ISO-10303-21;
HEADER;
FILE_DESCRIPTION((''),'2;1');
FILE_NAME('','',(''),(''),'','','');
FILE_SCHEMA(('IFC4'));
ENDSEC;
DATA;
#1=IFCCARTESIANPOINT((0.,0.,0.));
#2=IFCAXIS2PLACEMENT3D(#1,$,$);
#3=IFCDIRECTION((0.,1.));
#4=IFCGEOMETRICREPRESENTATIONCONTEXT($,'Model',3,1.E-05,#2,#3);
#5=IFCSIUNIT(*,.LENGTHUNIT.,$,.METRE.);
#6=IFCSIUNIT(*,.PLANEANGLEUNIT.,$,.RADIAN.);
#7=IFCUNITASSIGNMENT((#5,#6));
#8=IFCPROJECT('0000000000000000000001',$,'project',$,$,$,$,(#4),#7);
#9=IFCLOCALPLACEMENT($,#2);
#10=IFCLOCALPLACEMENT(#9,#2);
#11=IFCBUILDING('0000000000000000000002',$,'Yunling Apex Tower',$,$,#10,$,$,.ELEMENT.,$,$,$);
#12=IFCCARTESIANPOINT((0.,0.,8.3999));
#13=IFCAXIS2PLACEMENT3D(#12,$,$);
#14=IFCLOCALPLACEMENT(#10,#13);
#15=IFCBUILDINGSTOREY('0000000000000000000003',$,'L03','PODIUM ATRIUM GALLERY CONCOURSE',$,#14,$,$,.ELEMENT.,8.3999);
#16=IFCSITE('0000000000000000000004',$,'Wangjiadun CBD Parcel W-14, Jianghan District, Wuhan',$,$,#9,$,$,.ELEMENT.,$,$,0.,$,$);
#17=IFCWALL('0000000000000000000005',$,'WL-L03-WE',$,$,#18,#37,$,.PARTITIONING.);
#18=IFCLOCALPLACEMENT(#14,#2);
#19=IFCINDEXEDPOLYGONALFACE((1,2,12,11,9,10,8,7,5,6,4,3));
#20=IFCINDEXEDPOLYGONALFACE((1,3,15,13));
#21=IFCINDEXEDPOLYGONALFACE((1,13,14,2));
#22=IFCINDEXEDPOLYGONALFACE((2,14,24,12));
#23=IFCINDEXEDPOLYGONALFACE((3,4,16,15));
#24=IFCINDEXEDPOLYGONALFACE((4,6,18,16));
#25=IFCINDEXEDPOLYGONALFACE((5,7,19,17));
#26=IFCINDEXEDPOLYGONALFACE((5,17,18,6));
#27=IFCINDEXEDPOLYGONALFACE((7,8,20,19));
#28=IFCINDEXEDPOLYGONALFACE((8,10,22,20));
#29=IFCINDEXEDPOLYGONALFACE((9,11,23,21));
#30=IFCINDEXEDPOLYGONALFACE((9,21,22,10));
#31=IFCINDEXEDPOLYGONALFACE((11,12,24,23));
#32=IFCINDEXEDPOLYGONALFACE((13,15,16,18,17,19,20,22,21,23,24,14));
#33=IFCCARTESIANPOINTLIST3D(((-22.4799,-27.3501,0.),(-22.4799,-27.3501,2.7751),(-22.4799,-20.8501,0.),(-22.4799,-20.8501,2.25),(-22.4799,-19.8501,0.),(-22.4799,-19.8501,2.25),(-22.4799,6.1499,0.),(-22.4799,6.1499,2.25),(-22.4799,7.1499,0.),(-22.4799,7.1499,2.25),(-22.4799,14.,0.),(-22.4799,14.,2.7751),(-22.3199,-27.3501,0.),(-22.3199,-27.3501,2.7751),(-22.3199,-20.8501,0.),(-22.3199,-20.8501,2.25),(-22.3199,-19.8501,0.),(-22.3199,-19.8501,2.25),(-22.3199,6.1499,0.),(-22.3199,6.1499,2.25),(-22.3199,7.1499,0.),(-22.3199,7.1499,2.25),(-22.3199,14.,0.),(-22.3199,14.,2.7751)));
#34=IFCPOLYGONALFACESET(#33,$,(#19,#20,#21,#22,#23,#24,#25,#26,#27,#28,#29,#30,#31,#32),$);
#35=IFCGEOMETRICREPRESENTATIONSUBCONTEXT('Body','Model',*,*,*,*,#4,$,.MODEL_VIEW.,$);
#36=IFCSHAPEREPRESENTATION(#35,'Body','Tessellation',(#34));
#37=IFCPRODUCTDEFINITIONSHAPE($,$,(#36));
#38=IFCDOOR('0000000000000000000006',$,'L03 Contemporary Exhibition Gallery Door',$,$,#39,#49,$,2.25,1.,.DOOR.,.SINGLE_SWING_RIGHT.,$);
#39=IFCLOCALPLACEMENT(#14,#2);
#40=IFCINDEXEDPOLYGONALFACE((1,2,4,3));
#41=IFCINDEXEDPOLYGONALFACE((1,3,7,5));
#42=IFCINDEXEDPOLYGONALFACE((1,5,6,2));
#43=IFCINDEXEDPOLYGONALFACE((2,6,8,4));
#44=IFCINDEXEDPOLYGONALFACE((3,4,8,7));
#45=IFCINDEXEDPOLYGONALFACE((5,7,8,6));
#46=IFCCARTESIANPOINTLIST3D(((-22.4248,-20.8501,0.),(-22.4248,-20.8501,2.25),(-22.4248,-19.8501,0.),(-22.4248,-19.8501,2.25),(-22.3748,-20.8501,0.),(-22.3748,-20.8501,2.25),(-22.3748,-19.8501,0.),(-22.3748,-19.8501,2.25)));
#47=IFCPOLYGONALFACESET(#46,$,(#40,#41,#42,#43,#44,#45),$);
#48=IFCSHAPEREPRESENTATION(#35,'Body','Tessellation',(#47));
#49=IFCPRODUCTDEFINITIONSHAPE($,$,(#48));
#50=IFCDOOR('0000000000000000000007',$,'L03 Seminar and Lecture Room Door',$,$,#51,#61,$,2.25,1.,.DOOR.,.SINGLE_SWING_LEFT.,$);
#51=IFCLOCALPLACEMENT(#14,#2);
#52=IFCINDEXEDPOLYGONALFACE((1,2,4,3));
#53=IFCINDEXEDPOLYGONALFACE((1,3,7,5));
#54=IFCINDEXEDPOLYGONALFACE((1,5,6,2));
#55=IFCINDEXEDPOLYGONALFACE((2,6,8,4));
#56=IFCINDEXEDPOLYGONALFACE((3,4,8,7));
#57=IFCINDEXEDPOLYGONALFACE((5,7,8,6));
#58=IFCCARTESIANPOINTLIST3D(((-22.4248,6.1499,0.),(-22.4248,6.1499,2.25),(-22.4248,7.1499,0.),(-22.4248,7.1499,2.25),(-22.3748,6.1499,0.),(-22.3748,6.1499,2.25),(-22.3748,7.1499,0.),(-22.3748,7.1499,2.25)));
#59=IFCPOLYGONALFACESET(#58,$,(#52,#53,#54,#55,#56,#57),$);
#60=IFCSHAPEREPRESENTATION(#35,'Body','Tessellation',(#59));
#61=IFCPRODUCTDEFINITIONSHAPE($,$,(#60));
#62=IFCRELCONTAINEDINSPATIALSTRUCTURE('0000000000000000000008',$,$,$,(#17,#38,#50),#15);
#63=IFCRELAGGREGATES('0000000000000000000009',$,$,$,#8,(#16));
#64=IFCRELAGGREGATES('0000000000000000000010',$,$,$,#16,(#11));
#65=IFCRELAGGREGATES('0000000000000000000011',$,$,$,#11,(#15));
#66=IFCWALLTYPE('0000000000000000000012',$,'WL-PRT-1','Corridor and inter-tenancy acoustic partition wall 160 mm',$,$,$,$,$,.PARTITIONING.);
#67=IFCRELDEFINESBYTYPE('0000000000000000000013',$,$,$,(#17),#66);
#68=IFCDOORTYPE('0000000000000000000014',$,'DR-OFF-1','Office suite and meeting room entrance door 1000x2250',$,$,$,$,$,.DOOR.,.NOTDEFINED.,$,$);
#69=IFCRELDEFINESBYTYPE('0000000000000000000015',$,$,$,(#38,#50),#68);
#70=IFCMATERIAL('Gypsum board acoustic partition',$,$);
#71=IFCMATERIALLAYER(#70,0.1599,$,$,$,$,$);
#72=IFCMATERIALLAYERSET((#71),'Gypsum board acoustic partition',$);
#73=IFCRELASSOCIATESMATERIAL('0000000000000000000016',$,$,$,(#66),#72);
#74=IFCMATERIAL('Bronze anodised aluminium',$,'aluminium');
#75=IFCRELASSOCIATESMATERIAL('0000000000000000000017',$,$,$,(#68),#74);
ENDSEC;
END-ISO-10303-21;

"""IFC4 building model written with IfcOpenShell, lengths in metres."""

from ifc_helpers import new_model, si_unit, direction, frame, frame_2d, origin, place, context, subcontext, project, spatial, rectangle, extrude, material, layer, layer_set, type_object, element, fill, save


model = new_model("IFC4")

# Units and contexts
model_context = context("Model", 3, precision=1e-05, world=origin(), true_north=direction((0.0, 1.0)))
body_context = subcontext(model_context, "Body", "Model", "MODEL_VIEW")
ifc_project = project(units=[si_unit("LENGTHUNIT", "METRE"), si_unit("PLANEANGLEUNIT", "RADIAN")], contexts=[model_context])

# Site, building, storey
site_placement = place(None, origin())
site = spatial("IfcSite", under=ifc_project, at=site_placement, Name="Wangjiadun CBD Parcel W-14, Jianghan District, Wuhan", CompositionType="ELEMENT", RefElevation=0.0)
building_placement = place(site_placement, origin())
building = spatial("IfcBuilding", under=site, at=building_placement, Name="Yunling Apex Tower", CompositionType="ELEMENT")
storey_placement = place(building_placement, frame((0.0, 0.0, 8.3999)))
storey = spatial("IfcBuildingStorey", under=building, at=storey_placement, Name="L03", Description="PODIUM ATRIUM GALLERY CONCOURSE", CompositionType="ELEMENT", Elevation=8.3999)

# Wall, openings, doors
ifc_material_1 = material(Name="Gypsum board acoustic partition")
ifc_layer_1 = layer(ifc_material_1, 0.1599)
ifc_layer_set_1 = layer_set([ifc_layer_1], Name="Gypsum board acoustic partition")
wall_type_1 = type_object("IfcWallType", Name="WL-PRT-1", Description="Corridor and inter-tenancy acoustic partition wall 160 mm", PredefinedType="PARTITIONING", material=ifc_layer_set_1)
wall_1_placement = place(storey_placement, frame((-22.3999, -27.3501, 0.0), z_axis=(0.0, 0.0, 1.0), x_axis=(0.0, 1.0, 0.0)))
wall_1 = element("IfcWall", 1, at=wall_1_placement, inside=storey, type_object=wall_type_1, Name="WL-L03-WE", PredefinedType="PARTITIONING", context=body_context, shape_type="SweptSolid", body=[
    extrude(rectangle(XDim=41.3501, YDim=0.1599, at=frame_2d((20.675, 0.0))), origin(), (0.0, 0.0, 1.0), 2.7751),
])
opening_1_placement = place(wall_1_placement, frame((6.5, 0.0, 0.0)))
opening_1 = element("IfcOpeningElement", 2, at=opening_1_placement, cuts=wall_1, PredefinedType="OPENING", context=body_context, shape_type="SweptSolid", body=[
    extrude(rectangle(XDim=1.0, YDim=2.25, at=frame_2d((0.5, 1.125))), frame((0.0, 0.0898, 0.0), z_axis=(0.0, -1.0, 0.0), x_axis=(1.0, 0.0, 0.0)), (0.0, 0.0, 1.0), 0.1799),
])
opening_2_placement = place(wall_1_placement, frame((33.5, 0.0, 0.0)))
opening_2 = element("IfcOpeningElement", 3, at=opening_2_placement, cuts=wall_1, PredefinedType="OPENING", context=body_context, shape_type="SweptSolid", body=[
    extrude(rectangle(XDim=1.0, YDim=2.25, at=frame_2d((0.5, 1.125))), frame((0.0, 0.0898, 0.0), z_axis=(0.0, -1.0, 0.0), x_axis=(1.0, 0.0, 0.0)), (0.0, 0.0, 1.0), 0.1799),
])
ifc_material_2 = material(Name="Bronze anodised aluminium", Category="aluminium")
door_type = type_object("IfcDoorType", Name="DR-OFF-1", Description="Office suite and meeting room entrance door 1000x2250", OperationType="NOTDEFINED", PredefinedType="DOOR", material=ifc_material_2)
door_1_placement = place(opening_1_placement, origin())
door_1 = element("IfcDoor", 4, at=door_1_placement, inside=storey, type_object=door_type, Name="L03 Contemporary Exhibition Gallery Door", OperationType="SINGLE_SWING_RIGHT", OverallHeight=2.25, OverallWidth=1.0, PredefinedType="DOOR", context=body_context, shape_type="SweptSolid", body=[
    extrude(rectangle(XDim=1.0, YDim=2.25, at=frame_2d((0.5, 1.125))), frame((0.0, 0.0249, 0.0), z_axis=(0.0, -1.0, 0.0), x_axis=(1.0, 0.0, 0.0)), (0.0, 0.0, 1.0), 0.05),
])
fill(opening_1, door_1)
door_2_placement = place(opening_2_placement, origin())
door_2 = element("IfcDoor", 5, at=door_2_placement, inside=storey, type_object=door_type, Name="L03 Seminar and Lecture Room Door", OperationType="SINGLE_SWING_LEFT", OverallHeight=2.25, OverallWidth=1.0, PredefinedType="DOOR", context=body_context, shape_type="SweptSolid", body=[
    extrude(rectangle(XDim=1.0, YDim=2.25, at=frame_2d((0.5, 1.125))), frame((0.0, 0.0249, 0.0), z_axis=(0.0, -1.0, 0.0), x_axis=(1.0, 0.0, 0.0)), (0.0, 0.0, 1.0), 0.05),
])
fill(opening_2, door_2)

save(model, "model.ifc")
